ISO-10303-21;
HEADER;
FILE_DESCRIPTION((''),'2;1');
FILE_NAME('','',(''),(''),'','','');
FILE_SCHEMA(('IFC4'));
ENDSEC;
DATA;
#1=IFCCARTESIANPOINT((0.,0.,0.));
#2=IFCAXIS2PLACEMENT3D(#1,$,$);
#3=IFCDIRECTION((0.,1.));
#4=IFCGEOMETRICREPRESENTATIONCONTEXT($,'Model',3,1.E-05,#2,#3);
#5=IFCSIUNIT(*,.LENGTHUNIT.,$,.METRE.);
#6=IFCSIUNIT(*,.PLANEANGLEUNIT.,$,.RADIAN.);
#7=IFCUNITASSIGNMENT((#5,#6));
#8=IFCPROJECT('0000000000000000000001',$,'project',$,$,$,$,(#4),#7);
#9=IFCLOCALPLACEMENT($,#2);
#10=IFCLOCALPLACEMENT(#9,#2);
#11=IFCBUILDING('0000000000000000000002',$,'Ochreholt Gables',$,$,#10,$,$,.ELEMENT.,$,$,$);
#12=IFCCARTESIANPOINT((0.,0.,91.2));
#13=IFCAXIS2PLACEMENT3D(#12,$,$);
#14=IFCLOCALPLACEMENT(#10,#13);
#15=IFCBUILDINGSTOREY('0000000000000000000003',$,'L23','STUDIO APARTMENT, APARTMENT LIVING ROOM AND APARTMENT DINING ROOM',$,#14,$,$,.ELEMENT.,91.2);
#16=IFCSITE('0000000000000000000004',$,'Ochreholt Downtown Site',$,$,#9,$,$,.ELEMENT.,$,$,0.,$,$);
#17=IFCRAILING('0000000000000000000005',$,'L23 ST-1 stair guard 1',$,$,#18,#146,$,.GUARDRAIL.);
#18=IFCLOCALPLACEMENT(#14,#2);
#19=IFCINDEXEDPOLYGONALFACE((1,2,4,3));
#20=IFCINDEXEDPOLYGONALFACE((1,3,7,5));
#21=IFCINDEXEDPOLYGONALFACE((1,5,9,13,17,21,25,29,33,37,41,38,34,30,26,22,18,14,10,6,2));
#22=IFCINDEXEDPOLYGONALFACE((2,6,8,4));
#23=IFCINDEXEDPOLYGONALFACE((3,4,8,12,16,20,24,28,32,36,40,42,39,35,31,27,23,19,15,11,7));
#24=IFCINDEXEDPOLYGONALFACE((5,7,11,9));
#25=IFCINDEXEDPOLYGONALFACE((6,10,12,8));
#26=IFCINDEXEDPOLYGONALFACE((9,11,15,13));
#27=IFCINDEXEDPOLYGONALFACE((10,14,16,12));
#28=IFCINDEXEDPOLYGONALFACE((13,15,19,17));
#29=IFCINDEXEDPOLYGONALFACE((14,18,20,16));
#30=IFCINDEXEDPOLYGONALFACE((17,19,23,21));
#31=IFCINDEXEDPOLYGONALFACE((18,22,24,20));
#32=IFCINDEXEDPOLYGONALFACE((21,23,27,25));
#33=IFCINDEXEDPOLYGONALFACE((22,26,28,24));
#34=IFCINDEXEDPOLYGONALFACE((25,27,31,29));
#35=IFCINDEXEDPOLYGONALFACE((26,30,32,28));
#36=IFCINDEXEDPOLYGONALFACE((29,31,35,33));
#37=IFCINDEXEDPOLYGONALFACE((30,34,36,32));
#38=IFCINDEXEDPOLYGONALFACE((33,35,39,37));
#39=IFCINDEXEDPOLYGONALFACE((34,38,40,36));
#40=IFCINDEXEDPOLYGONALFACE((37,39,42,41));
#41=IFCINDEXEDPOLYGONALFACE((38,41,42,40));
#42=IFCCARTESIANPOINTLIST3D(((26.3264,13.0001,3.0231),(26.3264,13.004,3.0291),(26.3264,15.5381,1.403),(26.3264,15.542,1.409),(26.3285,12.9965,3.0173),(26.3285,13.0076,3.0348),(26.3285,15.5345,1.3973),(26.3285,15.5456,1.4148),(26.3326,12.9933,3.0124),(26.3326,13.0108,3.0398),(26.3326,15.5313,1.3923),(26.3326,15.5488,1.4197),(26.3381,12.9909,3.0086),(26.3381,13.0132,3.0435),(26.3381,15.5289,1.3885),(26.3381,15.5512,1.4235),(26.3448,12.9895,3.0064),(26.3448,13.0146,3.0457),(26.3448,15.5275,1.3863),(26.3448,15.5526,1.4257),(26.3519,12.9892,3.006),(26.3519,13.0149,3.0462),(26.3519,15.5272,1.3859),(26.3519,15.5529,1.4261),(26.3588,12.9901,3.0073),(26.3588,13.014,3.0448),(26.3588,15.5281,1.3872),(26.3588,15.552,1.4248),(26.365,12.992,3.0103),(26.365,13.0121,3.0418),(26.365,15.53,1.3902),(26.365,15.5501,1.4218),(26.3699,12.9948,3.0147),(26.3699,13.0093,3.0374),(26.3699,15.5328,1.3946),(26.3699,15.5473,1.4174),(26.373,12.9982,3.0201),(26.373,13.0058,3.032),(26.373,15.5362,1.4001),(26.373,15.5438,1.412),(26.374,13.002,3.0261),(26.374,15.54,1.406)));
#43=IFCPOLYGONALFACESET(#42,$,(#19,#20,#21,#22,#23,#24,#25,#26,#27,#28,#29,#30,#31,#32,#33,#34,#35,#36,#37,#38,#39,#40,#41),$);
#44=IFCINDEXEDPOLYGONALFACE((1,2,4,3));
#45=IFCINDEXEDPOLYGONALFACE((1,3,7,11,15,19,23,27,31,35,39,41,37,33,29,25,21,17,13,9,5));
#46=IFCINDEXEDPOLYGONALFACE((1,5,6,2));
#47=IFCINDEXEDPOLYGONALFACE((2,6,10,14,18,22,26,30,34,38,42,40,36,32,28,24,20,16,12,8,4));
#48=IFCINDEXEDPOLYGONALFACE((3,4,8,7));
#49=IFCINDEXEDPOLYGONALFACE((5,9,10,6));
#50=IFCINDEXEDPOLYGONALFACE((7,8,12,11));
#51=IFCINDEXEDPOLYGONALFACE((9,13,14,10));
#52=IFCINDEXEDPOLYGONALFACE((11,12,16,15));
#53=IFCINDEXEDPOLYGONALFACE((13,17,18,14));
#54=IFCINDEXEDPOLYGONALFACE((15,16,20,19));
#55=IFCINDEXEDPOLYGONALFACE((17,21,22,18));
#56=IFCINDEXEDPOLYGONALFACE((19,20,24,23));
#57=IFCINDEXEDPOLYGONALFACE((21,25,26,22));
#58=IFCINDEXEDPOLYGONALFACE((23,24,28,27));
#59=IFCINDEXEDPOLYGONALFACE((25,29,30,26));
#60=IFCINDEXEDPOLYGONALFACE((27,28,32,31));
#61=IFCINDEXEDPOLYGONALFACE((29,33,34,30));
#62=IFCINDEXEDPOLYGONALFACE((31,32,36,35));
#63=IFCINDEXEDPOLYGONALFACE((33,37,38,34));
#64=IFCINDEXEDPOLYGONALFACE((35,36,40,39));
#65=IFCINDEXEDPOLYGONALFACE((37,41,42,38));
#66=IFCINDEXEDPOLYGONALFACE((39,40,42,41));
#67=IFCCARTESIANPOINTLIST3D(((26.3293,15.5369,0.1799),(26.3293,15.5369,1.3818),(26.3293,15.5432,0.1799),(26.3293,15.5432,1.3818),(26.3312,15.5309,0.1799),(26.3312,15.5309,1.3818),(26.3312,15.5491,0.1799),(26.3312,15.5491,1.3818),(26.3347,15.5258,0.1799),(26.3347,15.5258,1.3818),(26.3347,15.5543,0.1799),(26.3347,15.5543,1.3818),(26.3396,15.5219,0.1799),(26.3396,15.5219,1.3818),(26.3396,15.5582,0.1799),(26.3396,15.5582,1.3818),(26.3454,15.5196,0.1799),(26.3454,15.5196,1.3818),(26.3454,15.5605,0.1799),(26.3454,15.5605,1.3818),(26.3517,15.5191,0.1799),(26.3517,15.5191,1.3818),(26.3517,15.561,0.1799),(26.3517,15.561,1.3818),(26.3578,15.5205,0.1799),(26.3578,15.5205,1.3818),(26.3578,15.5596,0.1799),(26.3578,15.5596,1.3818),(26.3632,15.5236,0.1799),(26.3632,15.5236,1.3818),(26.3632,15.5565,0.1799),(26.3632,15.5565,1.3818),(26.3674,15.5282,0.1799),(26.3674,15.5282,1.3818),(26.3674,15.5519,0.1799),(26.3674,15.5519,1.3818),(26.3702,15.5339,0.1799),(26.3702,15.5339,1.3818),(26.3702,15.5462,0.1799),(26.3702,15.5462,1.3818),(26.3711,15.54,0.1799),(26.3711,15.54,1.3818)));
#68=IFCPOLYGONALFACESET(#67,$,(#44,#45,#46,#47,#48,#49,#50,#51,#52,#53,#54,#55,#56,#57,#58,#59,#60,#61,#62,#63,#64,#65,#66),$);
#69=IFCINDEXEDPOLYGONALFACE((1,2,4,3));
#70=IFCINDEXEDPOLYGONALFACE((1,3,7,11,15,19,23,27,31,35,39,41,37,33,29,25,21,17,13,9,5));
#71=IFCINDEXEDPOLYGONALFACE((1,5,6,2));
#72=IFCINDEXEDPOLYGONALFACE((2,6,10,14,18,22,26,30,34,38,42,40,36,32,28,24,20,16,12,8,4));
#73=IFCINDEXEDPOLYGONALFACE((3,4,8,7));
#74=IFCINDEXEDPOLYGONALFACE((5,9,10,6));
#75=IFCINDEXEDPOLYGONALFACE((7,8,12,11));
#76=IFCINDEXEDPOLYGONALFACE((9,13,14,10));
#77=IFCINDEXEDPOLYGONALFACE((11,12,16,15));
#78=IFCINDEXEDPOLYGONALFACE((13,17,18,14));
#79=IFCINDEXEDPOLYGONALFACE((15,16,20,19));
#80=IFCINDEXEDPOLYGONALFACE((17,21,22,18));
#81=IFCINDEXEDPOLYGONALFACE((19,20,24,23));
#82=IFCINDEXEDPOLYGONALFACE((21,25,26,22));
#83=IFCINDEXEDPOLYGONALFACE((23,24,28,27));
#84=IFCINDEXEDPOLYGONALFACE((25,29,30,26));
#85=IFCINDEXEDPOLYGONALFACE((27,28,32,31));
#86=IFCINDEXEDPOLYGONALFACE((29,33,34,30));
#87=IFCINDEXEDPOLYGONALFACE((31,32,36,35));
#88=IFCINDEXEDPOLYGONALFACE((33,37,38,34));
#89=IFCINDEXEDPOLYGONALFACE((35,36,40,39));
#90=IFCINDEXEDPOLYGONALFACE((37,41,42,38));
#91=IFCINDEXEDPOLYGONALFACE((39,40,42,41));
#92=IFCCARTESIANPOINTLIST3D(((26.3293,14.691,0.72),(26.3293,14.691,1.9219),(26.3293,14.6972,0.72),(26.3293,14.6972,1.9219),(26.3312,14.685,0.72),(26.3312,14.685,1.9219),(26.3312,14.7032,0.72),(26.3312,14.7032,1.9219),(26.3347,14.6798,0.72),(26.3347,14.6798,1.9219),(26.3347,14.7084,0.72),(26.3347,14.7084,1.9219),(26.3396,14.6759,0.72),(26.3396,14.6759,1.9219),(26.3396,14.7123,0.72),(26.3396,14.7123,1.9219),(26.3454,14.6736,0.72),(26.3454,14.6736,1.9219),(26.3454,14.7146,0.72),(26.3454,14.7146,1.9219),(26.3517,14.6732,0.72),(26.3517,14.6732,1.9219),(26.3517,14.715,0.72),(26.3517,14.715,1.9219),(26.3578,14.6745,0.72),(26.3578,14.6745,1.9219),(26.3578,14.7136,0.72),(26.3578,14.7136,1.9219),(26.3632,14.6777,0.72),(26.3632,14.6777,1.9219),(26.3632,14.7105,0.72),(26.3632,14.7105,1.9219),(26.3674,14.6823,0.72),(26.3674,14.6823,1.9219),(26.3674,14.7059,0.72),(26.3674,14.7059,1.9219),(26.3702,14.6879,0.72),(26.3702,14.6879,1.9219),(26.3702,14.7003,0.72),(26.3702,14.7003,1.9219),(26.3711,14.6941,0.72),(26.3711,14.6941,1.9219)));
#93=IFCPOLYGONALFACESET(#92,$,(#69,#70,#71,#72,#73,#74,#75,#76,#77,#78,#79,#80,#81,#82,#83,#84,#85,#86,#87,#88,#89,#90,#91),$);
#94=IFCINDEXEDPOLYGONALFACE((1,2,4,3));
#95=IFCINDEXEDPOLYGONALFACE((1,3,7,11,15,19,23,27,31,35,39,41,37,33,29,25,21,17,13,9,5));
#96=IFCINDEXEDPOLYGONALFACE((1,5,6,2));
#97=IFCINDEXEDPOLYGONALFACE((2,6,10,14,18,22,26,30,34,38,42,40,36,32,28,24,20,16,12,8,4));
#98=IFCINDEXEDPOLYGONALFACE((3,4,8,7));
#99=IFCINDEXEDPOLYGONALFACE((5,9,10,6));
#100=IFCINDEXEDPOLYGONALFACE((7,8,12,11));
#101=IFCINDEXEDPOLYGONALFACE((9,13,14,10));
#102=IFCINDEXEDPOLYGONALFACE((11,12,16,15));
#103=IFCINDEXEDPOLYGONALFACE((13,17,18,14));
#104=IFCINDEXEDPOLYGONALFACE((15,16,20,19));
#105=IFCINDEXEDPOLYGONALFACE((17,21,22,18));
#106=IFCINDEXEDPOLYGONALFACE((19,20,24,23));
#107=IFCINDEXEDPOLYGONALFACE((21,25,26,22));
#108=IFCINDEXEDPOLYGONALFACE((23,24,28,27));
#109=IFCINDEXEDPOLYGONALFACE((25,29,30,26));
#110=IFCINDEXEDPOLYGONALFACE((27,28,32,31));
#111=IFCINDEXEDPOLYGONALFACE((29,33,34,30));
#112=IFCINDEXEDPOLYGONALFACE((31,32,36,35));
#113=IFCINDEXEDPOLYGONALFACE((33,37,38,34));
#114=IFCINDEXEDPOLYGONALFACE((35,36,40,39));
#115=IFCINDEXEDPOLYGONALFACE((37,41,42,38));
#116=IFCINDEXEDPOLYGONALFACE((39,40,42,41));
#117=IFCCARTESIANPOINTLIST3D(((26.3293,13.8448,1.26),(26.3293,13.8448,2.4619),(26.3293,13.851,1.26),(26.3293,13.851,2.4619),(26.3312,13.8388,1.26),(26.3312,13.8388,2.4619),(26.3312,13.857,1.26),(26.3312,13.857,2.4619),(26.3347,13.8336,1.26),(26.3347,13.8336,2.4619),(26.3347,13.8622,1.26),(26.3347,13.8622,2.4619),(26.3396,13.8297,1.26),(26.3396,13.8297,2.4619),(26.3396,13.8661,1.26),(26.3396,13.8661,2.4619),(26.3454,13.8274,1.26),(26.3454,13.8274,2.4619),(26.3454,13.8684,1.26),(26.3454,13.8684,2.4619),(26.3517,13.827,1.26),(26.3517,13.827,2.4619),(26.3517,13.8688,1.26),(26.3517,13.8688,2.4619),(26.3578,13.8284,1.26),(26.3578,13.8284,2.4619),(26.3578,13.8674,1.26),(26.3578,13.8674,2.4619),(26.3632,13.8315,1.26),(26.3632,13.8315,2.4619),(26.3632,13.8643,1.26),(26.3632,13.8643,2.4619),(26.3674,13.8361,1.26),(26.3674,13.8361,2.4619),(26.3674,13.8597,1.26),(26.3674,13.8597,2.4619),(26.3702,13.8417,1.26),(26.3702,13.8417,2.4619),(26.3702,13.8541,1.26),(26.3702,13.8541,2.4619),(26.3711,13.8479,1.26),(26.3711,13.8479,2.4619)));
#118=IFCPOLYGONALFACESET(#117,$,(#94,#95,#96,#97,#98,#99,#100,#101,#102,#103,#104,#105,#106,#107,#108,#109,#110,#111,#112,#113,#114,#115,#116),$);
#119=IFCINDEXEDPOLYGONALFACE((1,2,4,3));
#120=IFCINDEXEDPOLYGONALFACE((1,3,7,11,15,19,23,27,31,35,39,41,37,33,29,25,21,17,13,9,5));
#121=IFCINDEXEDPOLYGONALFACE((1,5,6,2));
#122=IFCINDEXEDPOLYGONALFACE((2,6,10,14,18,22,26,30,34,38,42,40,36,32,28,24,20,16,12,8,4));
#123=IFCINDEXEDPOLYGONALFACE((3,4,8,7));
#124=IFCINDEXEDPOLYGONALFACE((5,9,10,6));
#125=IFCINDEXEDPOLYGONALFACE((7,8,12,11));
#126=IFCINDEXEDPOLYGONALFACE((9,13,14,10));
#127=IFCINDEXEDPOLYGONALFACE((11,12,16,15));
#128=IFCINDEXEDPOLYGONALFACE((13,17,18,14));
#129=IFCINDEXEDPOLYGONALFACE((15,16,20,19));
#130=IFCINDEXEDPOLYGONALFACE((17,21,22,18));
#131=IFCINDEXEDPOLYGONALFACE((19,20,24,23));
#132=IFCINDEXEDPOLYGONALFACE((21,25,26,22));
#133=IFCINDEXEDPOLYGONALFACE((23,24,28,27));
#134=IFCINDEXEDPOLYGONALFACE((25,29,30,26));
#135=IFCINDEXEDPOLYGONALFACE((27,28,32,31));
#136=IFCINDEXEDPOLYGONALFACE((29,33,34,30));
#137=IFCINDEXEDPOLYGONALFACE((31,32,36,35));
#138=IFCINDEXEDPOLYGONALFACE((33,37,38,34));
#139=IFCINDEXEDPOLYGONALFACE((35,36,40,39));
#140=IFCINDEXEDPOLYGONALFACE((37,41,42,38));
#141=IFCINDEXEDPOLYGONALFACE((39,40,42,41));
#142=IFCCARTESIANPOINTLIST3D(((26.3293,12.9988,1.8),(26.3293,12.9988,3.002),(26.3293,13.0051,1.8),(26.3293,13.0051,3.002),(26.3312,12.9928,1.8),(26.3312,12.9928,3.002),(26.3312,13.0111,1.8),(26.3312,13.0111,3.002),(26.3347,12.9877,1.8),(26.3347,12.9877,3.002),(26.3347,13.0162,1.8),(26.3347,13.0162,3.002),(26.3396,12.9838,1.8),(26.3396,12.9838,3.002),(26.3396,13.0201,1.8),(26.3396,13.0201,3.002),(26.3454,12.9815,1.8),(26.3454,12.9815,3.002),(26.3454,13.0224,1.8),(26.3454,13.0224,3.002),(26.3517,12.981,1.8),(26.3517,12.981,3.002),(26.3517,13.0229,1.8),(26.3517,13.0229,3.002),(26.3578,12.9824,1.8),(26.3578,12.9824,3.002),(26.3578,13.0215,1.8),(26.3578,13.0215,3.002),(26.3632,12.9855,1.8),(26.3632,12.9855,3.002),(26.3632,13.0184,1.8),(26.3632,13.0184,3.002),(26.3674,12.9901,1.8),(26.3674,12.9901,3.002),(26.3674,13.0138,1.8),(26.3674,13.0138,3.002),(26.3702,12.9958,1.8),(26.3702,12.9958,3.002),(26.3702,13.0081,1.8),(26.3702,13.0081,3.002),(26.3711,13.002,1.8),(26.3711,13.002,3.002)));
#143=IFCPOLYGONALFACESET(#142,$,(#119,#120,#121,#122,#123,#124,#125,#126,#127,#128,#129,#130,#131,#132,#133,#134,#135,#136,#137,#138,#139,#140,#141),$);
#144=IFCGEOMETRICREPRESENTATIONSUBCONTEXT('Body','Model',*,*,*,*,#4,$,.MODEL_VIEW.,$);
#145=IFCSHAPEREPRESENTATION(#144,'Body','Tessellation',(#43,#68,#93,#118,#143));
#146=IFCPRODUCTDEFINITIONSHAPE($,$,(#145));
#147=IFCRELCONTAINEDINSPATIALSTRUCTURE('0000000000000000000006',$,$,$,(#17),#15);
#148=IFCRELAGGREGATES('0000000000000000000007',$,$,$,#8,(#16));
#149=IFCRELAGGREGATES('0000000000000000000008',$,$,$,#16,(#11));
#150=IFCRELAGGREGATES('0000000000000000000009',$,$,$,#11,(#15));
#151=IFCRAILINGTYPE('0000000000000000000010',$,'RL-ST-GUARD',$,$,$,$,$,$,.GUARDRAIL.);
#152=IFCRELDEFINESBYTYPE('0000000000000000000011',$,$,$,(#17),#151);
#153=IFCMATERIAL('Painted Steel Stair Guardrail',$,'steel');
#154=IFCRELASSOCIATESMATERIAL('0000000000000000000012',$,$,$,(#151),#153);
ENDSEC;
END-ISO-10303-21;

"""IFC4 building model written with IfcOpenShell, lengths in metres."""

from ifc_helpers import new_model, si_unit, direction, frame, origin, origin_2d, place, context, subcontext, project, spatial, circle, extrude, material, type_object, element, save


model = new_model("IFC4")

# Units and contexts
model_context = context("Model", 3, precision=1e-05, world=origin(), true_north=direction((0.0, 1.0)))
body_context = subcontext(model_context, "Body", "Model", "MODEL_VIEW")
ifc_project = project(units=[si_unit("LENGTHUNIT", "METRE"), si_unit("PLANEANGLEUNIT", "RADIAN")], contexts=[model_context])

# Site, building, storey
site_placement = place(None, origin())
site = spatial("IfcSite", under=ifc_project, at=site_placement, Name="Ochreholt Downtown Site", CompositionType="ELEMENT", RefElevation=0.0)
building_placement = place(site_placement, origin())
building = spatial("IfcBuilding", under=site, at=building_placement, Name="Ochreholt Gables", CompositionType="ELEMENT")
storey_placement = place(building_placement, frame((0.0, 0.0, 91.2)))
storey = spatial("IfcBuildingStorey", under=building, at=storey_placement, Name="L23", Description="STUDIO APARTMENT, APARTMENT LIVING ROOM AND APARTMENT DINING ROOM", CompositionType="ELEMENT", Elevation=91.2)

# Railing
ifc_material_1 = material(Name="Painted Steel Stair Guardrail", Category="steel")
railing_type_1 = type_object("IfcRailingType", Name="RL-ST-GUARD", PredefinedType="GUARDRAIL", material=ifc_material_1)
railing_1_placement = place(storey_placement, frame((26.3501, 15.54, 0.1799)))
element("IfcRailing", 1, at=railing_1_placement, inside=storey, type_object=railing_type_1, Name="L23 ST-1 stair guard 1", PredefinedType="GUARDRAIL", context=body_context, shape_type="SweptSolid", body=[
    extrude(circle(Radius=0.0239, at=origin_2d()), frame((0.0, 0.0, 1.2261), z_axis=(0.0, -0.842913, 0.53805), x_axis=(1.0, 0.0, 0.0)), (0.0, 0.0, 1.0), 3.011),
    extrude(circle(Radius=0.021, at=origin_2d()), origin(), (0.0, 0.0, 1.0), 1.2019),
    extrude(circle(Radius=0.021, at=origin_2d()), frame((0.0, -0.8459, 0.54)), (0.0, 0.0, 1.0), 1.2019),
    extrude(circle(Radius=0.021, at=origin_2d()), frame((0.0, -1.6921, 1.0801)), (0.0, 0.0, 1.0), 1.2019),
    extrude(circle(Radius=0.021, at=origin_2d()), frame((0.0, -2.5381, 1.6201)), (0.0, 0.0, 1.0), 1.2019),
])

save(model, "model.ifc")
